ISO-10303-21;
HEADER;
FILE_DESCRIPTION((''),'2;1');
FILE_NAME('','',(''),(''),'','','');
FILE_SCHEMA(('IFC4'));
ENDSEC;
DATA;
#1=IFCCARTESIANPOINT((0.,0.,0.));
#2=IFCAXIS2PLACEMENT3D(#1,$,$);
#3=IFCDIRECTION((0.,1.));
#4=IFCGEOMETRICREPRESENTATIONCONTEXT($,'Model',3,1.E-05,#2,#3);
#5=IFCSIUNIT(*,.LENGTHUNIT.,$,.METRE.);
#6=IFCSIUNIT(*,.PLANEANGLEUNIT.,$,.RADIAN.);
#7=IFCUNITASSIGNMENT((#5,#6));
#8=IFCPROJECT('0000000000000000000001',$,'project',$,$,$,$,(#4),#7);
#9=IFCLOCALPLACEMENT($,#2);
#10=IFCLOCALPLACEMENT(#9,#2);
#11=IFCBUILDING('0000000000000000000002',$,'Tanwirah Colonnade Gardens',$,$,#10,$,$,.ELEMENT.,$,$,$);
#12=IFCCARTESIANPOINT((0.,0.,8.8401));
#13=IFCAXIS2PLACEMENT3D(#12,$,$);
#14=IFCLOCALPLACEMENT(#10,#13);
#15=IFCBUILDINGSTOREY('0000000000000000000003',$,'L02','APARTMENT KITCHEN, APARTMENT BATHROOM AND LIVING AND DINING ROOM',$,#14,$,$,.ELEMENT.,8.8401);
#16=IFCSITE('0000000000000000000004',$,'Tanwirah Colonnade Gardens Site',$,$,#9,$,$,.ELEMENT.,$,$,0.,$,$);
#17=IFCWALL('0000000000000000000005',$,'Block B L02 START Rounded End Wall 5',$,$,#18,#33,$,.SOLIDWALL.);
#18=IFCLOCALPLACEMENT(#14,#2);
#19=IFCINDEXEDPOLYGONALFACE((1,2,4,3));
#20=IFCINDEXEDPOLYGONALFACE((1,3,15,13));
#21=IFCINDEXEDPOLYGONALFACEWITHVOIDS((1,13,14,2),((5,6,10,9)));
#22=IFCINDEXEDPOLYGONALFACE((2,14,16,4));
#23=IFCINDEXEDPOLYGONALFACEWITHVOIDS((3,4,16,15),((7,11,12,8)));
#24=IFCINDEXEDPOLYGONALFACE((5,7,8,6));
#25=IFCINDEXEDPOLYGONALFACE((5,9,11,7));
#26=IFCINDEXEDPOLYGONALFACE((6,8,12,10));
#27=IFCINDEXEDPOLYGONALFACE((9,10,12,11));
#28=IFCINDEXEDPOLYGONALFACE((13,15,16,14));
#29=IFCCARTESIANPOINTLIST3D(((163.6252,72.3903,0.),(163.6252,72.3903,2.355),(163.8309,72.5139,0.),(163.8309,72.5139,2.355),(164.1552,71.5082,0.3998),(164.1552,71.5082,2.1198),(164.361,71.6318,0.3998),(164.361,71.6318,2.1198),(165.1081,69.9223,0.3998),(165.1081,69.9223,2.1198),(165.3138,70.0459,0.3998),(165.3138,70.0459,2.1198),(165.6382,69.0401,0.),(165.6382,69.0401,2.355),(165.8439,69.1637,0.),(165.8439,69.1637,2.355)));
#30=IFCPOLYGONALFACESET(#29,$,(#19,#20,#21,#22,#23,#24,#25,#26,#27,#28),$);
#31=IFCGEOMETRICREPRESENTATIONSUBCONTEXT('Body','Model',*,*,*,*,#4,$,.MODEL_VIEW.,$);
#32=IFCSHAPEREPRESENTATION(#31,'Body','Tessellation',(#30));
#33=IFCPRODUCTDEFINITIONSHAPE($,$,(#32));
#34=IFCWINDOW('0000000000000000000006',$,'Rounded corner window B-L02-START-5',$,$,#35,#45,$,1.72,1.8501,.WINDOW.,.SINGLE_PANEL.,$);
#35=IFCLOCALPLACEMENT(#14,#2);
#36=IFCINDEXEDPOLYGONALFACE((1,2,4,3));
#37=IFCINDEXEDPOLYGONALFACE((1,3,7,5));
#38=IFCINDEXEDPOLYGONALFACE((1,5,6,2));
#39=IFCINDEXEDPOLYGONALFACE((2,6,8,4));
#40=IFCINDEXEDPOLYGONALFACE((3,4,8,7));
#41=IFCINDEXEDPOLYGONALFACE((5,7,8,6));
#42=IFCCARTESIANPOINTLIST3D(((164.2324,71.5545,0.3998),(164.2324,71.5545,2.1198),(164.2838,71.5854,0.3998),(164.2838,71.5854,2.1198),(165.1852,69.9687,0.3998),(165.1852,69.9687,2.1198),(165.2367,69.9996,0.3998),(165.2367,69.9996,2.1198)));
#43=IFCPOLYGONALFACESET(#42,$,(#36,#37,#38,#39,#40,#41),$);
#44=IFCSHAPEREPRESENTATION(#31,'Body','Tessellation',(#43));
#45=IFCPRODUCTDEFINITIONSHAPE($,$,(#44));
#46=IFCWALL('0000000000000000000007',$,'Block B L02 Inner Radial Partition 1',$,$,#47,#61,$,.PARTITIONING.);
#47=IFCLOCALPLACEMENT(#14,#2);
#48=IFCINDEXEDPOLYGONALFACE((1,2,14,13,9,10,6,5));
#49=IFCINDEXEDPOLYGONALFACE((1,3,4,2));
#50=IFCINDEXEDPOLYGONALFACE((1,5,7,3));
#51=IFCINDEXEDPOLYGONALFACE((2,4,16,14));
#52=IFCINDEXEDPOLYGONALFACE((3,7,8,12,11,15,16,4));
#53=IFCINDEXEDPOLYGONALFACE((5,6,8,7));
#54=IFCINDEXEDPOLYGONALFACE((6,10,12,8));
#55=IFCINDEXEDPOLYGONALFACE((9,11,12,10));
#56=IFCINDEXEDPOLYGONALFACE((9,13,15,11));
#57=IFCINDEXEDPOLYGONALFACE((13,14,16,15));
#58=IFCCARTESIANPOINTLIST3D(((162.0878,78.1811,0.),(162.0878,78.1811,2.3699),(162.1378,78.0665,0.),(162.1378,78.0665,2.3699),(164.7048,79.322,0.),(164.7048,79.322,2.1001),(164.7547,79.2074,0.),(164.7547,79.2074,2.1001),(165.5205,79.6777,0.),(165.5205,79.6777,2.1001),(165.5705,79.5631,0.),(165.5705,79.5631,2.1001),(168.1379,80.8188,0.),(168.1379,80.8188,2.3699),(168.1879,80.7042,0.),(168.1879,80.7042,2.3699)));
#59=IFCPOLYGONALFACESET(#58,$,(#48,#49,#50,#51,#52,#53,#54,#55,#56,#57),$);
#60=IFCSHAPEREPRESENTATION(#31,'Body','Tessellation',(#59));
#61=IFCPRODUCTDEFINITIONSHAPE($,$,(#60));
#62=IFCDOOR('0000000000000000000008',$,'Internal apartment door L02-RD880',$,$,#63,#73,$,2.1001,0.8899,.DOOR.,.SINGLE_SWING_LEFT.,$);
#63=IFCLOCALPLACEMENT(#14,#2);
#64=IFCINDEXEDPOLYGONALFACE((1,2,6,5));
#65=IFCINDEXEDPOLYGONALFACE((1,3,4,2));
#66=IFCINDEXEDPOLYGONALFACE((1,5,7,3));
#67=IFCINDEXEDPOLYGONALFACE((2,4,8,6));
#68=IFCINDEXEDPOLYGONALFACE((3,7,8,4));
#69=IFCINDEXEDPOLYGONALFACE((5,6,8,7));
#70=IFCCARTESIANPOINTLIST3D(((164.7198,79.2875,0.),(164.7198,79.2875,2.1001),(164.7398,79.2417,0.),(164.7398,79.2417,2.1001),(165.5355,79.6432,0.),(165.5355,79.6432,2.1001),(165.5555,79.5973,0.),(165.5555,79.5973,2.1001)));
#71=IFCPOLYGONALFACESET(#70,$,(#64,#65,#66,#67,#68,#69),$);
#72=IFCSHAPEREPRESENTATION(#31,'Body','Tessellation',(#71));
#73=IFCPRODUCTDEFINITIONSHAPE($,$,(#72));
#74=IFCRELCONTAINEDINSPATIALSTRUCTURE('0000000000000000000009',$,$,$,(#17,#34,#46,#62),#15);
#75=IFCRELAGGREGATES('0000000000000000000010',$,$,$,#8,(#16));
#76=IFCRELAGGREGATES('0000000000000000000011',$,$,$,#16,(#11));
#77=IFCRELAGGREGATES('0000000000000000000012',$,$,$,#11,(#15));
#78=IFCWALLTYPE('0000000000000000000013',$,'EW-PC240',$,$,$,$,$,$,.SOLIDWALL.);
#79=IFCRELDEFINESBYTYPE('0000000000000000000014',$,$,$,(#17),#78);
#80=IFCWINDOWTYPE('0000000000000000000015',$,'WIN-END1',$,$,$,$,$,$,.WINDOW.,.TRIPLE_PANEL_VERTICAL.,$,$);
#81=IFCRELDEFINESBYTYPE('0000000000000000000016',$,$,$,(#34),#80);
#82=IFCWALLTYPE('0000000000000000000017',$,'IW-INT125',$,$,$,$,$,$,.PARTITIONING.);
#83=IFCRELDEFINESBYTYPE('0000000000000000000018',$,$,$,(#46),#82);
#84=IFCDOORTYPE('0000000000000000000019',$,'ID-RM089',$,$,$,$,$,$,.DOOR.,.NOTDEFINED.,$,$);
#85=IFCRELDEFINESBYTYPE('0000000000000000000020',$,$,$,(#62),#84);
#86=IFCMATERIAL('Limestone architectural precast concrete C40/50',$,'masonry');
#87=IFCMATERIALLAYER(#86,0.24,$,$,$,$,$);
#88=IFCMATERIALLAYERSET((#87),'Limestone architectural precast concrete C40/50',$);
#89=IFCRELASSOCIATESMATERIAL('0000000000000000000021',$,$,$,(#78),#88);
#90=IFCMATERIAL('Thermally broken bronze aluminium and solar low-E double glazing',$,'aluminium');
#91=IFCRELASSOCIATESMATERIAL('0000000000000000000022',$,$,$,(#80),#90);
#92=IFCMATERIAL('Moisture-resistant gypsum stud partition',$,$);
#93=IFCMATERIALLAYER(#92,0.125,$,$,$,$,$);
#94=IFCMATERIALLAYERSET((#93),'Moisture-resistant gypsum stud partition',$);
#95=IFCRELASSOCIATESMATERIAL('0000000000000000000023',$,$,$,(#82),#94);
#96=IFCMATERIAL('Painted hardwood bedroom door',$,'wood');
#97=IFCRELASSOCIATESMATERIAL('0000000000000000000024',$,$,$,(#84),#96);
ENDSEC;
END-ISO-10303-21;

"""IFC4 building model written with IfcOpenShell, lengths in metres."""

from ifc_helpers import new_model, si_unit, direction, frame, frame_2d, origin, place, context, subcontext, project, spatial, rectangle, extrude, material, layer, layer_set, type_object, element, fill, save


model = new_model("IFC4")

# Units and contexts
model_context = context("Model", 3, precision=1e-05, world=origin(), true_north=direction((0.0, 1.0)))
body_context = subcontext(model_context, "Body", "Model", "MODEL_VIEW")
ifc_project = project(units=[si_unit("LENGTHUNIT", "METRE"), si_unit("PLANEANGLEUNIT", "RADIAN")], contexts=[model_context])

# Site, building, storey
site_placement = place(None, origin())
site = spatial("IfcSite", under=ifc_project, at=site_placement, Name="Tanwirah Colonnade Gardens Site", CompositionType="ELEMENT", RefElevation=0.0)
building_placement = place(site_placement, origin())
building = spatial("IfcBuilding", under=site, at=building_placement, Name="Tanwirah Colonnade Gardens", CompositionType="ELEMENT")
storey_placement = place(building_placement, frame((0.0, 0.0, 8.8401)))
storey = spatial("IfcBuildingStorey", under=building, at=storey_placement, Name="L02", Description="APARTMENT KITCHEN, APARTMENT BATHROOM AND LIVING AND DINING ROOM", CompositionType="ELEMENT", Elevation=8.8401)

# Shared definitions
ifc_material_1 = material(Name="Limestone architectural precast concrete C40/50", Category="masonry")
ifc_layer_1 = layer(ifc_material_1, 0.24)
ifc_layer_set_1 = layer_set([ifc_layer_1], Name="Limestone architectural precast concrete C40/50")
wall_type_1 = type_object("IfcWallType", Name="EW-PC240", PredefinedType="SOLIDWALL", material=ifc_layer_set_1)
ifc_material_2 = material(Name="Thermally broken bronze aluminium and solar low-E double glazing", Category="aluminium")

# Wall, opening, window
wall_1_placement = place(storey_placement, frame((165.741, 69.1021, 0.0), z_axis=(0.0, 0.0, 1.0), x_axis=(-0.515038, 0.857168, 0.0)))
wall_1 = element("IfcWall", 1, at=wall_1_placement, inside=storey, type_object=wall_type_1, Name="Block B L02 START Rounded End Wall 5", PredefinedType="SOLIDWALL", context=body_context, shape_type="SweptSolid", body=[
    extrude(rectangle(XDim=3.9084, YDim=0.24, at=frame_2d((1.9541, 0.0))), origin(), (0.0, 0.0, 1.0), 2.355),
])
opening_1_placement = place(wall_1_placement, frame((1.0291, 0.0, 0.3999)))
opening_1 = element("IfcOpeningElement", 2, at=opening_1_placement, cuts=wall_1, PredefinedType="OPENING", context=body_context, shape_type="SweptSolid", body=[
    extrude(rectangle(XDim=1.8501, YDim=1.72, at=frame_2d((0.925, 0.8599))), frame((0.0, 0.1299, 0.0), z_axis=(0.0, -1.0, 0.0), x_axis=(1.0, 0.0, 0.0)), (0.0, 0.0, 1.0), 0.26),
])
window_type_1 = type_object("IfcWindowType", Name="WIN-END1", PartitioningType="TRIPLE_PANEL_VERTICAL", PredefinedType="WINDOW", material=ifc_material_2)
window_1_placement = place(opening_1_placement, origin())
window_1 = element("IfcWindow", 3, at=window_1_placement, inside=storey, type_object=window_type_1, Name="Rounded corner window B-L02-START-5", OverallHeight=1.72, OverallWidth=1.8501, PartitioningType="SINGLE_PANEL", PredefinedType="WINDOW", context=body_context, shape_type="SweptSolid", body=[
    extrude(rectangle(XDim=1.8501, YDim=1.72, at=frame_2d((0.925, 0.8599))), frame((0.0, 0.03, 0.0), z_axis=(0.0, -1.0, 0.0), x_axis=(1.0, 0.0, 0.0)), (0.0, 0.0, 1.0), 0.0601),
])
fill(opening_1, window_1)

# Wall, opening, door
ifc_material_3 = material(Name="Moisture-resistant gypsum stud partition")
ifc_layer_2 = layer(ifc_material_3, 0.125)
ifc_layer_set_2 = layer_set([ifc_layer_2], Name="Moisture-resistant gypsum stud partition")
wall_type_2 = type_object("IfcWallType", Name="IW-INT125", PredefinedType="PARTITIONING", material=ifc_layer_set_2)
wall_2_placement = place(storey_placement, frame((162.1128, 78.1238, 0.0), z_axis=(0.0, 0.0, 1.0), x_axis=(0.916669, 0.399648, 0.0)))
wall_2 = element("IfcWall", 4, at=wall_2_placement, inside=storey, type_object=wall_type_2, Name="Block B L02 Inner Radial Partition 1", PredefinedType="PARTITIONING", context=body_context, shape_type="SweptSolid", body=[
    extrude(rectangle(XDim=6.6001, YDim=0.125, at=frame_2d((3.3, 0.0))), origin(), (0.0, 0.0, 1.0), 2.3699),
])
opening_2_placement = place(wall_2_placement, frame((2.855, 0.0, 0.0)))
opening_2 = element("IfcOpeningElement", 5, at=opening_2_placement, cuts=wall_2, PredefinedType="OPENING", context=body_context, shape_type="SweptSolid", body=[
    extrude(rectangle(XDim=0.8899, YDim=2.1001, at=frame_2d((0.4448, 1.05))), frame((0.0, 0.0725, 0.0), z_axis=(0.0, -1.0, 0.0), x_axis=(1.0, 0.0, 0.0)), (0.0, 0.0, 1.0), 0.145),
])
ifc_material_4 = material(Name="Painted hardwood bedroom door", Category="wood")
door_type_1 = type_object("IfcDoorType", Name="ID-RM089", OperationType="NOTDEFINED", PredefinedType="DOOR", material=ifc_material_4)
door_1_placement = place(opening_2_placement, origin())
door_1 = element("IfcDoor", 6, at=door_1_placement, inside=storey, type_object=door_type_1, Name="Internal apartment door L02-RD880", OperationType="SINGLE_SWING_LEFT", OverallHeight=2.1001, OverallWidth=0.8899, PredefinedType="DOOR", context=body_context, shape_type="SweptSolid", body=[
    extrude(rectangle(XDim=0.8899, YDim=2.1001, at=frame_2d((0.4448, 1.05))), frame((0.0, 0.0249, 0.0), z_axis=(0.0, -1.0, 0.0), x_axis=(1.0, 0.0, 0.0)), (0.0, 0.0, 1.0), 0.05),
])
fill(opening_2, door_1)

save(model, "model.ifc")
